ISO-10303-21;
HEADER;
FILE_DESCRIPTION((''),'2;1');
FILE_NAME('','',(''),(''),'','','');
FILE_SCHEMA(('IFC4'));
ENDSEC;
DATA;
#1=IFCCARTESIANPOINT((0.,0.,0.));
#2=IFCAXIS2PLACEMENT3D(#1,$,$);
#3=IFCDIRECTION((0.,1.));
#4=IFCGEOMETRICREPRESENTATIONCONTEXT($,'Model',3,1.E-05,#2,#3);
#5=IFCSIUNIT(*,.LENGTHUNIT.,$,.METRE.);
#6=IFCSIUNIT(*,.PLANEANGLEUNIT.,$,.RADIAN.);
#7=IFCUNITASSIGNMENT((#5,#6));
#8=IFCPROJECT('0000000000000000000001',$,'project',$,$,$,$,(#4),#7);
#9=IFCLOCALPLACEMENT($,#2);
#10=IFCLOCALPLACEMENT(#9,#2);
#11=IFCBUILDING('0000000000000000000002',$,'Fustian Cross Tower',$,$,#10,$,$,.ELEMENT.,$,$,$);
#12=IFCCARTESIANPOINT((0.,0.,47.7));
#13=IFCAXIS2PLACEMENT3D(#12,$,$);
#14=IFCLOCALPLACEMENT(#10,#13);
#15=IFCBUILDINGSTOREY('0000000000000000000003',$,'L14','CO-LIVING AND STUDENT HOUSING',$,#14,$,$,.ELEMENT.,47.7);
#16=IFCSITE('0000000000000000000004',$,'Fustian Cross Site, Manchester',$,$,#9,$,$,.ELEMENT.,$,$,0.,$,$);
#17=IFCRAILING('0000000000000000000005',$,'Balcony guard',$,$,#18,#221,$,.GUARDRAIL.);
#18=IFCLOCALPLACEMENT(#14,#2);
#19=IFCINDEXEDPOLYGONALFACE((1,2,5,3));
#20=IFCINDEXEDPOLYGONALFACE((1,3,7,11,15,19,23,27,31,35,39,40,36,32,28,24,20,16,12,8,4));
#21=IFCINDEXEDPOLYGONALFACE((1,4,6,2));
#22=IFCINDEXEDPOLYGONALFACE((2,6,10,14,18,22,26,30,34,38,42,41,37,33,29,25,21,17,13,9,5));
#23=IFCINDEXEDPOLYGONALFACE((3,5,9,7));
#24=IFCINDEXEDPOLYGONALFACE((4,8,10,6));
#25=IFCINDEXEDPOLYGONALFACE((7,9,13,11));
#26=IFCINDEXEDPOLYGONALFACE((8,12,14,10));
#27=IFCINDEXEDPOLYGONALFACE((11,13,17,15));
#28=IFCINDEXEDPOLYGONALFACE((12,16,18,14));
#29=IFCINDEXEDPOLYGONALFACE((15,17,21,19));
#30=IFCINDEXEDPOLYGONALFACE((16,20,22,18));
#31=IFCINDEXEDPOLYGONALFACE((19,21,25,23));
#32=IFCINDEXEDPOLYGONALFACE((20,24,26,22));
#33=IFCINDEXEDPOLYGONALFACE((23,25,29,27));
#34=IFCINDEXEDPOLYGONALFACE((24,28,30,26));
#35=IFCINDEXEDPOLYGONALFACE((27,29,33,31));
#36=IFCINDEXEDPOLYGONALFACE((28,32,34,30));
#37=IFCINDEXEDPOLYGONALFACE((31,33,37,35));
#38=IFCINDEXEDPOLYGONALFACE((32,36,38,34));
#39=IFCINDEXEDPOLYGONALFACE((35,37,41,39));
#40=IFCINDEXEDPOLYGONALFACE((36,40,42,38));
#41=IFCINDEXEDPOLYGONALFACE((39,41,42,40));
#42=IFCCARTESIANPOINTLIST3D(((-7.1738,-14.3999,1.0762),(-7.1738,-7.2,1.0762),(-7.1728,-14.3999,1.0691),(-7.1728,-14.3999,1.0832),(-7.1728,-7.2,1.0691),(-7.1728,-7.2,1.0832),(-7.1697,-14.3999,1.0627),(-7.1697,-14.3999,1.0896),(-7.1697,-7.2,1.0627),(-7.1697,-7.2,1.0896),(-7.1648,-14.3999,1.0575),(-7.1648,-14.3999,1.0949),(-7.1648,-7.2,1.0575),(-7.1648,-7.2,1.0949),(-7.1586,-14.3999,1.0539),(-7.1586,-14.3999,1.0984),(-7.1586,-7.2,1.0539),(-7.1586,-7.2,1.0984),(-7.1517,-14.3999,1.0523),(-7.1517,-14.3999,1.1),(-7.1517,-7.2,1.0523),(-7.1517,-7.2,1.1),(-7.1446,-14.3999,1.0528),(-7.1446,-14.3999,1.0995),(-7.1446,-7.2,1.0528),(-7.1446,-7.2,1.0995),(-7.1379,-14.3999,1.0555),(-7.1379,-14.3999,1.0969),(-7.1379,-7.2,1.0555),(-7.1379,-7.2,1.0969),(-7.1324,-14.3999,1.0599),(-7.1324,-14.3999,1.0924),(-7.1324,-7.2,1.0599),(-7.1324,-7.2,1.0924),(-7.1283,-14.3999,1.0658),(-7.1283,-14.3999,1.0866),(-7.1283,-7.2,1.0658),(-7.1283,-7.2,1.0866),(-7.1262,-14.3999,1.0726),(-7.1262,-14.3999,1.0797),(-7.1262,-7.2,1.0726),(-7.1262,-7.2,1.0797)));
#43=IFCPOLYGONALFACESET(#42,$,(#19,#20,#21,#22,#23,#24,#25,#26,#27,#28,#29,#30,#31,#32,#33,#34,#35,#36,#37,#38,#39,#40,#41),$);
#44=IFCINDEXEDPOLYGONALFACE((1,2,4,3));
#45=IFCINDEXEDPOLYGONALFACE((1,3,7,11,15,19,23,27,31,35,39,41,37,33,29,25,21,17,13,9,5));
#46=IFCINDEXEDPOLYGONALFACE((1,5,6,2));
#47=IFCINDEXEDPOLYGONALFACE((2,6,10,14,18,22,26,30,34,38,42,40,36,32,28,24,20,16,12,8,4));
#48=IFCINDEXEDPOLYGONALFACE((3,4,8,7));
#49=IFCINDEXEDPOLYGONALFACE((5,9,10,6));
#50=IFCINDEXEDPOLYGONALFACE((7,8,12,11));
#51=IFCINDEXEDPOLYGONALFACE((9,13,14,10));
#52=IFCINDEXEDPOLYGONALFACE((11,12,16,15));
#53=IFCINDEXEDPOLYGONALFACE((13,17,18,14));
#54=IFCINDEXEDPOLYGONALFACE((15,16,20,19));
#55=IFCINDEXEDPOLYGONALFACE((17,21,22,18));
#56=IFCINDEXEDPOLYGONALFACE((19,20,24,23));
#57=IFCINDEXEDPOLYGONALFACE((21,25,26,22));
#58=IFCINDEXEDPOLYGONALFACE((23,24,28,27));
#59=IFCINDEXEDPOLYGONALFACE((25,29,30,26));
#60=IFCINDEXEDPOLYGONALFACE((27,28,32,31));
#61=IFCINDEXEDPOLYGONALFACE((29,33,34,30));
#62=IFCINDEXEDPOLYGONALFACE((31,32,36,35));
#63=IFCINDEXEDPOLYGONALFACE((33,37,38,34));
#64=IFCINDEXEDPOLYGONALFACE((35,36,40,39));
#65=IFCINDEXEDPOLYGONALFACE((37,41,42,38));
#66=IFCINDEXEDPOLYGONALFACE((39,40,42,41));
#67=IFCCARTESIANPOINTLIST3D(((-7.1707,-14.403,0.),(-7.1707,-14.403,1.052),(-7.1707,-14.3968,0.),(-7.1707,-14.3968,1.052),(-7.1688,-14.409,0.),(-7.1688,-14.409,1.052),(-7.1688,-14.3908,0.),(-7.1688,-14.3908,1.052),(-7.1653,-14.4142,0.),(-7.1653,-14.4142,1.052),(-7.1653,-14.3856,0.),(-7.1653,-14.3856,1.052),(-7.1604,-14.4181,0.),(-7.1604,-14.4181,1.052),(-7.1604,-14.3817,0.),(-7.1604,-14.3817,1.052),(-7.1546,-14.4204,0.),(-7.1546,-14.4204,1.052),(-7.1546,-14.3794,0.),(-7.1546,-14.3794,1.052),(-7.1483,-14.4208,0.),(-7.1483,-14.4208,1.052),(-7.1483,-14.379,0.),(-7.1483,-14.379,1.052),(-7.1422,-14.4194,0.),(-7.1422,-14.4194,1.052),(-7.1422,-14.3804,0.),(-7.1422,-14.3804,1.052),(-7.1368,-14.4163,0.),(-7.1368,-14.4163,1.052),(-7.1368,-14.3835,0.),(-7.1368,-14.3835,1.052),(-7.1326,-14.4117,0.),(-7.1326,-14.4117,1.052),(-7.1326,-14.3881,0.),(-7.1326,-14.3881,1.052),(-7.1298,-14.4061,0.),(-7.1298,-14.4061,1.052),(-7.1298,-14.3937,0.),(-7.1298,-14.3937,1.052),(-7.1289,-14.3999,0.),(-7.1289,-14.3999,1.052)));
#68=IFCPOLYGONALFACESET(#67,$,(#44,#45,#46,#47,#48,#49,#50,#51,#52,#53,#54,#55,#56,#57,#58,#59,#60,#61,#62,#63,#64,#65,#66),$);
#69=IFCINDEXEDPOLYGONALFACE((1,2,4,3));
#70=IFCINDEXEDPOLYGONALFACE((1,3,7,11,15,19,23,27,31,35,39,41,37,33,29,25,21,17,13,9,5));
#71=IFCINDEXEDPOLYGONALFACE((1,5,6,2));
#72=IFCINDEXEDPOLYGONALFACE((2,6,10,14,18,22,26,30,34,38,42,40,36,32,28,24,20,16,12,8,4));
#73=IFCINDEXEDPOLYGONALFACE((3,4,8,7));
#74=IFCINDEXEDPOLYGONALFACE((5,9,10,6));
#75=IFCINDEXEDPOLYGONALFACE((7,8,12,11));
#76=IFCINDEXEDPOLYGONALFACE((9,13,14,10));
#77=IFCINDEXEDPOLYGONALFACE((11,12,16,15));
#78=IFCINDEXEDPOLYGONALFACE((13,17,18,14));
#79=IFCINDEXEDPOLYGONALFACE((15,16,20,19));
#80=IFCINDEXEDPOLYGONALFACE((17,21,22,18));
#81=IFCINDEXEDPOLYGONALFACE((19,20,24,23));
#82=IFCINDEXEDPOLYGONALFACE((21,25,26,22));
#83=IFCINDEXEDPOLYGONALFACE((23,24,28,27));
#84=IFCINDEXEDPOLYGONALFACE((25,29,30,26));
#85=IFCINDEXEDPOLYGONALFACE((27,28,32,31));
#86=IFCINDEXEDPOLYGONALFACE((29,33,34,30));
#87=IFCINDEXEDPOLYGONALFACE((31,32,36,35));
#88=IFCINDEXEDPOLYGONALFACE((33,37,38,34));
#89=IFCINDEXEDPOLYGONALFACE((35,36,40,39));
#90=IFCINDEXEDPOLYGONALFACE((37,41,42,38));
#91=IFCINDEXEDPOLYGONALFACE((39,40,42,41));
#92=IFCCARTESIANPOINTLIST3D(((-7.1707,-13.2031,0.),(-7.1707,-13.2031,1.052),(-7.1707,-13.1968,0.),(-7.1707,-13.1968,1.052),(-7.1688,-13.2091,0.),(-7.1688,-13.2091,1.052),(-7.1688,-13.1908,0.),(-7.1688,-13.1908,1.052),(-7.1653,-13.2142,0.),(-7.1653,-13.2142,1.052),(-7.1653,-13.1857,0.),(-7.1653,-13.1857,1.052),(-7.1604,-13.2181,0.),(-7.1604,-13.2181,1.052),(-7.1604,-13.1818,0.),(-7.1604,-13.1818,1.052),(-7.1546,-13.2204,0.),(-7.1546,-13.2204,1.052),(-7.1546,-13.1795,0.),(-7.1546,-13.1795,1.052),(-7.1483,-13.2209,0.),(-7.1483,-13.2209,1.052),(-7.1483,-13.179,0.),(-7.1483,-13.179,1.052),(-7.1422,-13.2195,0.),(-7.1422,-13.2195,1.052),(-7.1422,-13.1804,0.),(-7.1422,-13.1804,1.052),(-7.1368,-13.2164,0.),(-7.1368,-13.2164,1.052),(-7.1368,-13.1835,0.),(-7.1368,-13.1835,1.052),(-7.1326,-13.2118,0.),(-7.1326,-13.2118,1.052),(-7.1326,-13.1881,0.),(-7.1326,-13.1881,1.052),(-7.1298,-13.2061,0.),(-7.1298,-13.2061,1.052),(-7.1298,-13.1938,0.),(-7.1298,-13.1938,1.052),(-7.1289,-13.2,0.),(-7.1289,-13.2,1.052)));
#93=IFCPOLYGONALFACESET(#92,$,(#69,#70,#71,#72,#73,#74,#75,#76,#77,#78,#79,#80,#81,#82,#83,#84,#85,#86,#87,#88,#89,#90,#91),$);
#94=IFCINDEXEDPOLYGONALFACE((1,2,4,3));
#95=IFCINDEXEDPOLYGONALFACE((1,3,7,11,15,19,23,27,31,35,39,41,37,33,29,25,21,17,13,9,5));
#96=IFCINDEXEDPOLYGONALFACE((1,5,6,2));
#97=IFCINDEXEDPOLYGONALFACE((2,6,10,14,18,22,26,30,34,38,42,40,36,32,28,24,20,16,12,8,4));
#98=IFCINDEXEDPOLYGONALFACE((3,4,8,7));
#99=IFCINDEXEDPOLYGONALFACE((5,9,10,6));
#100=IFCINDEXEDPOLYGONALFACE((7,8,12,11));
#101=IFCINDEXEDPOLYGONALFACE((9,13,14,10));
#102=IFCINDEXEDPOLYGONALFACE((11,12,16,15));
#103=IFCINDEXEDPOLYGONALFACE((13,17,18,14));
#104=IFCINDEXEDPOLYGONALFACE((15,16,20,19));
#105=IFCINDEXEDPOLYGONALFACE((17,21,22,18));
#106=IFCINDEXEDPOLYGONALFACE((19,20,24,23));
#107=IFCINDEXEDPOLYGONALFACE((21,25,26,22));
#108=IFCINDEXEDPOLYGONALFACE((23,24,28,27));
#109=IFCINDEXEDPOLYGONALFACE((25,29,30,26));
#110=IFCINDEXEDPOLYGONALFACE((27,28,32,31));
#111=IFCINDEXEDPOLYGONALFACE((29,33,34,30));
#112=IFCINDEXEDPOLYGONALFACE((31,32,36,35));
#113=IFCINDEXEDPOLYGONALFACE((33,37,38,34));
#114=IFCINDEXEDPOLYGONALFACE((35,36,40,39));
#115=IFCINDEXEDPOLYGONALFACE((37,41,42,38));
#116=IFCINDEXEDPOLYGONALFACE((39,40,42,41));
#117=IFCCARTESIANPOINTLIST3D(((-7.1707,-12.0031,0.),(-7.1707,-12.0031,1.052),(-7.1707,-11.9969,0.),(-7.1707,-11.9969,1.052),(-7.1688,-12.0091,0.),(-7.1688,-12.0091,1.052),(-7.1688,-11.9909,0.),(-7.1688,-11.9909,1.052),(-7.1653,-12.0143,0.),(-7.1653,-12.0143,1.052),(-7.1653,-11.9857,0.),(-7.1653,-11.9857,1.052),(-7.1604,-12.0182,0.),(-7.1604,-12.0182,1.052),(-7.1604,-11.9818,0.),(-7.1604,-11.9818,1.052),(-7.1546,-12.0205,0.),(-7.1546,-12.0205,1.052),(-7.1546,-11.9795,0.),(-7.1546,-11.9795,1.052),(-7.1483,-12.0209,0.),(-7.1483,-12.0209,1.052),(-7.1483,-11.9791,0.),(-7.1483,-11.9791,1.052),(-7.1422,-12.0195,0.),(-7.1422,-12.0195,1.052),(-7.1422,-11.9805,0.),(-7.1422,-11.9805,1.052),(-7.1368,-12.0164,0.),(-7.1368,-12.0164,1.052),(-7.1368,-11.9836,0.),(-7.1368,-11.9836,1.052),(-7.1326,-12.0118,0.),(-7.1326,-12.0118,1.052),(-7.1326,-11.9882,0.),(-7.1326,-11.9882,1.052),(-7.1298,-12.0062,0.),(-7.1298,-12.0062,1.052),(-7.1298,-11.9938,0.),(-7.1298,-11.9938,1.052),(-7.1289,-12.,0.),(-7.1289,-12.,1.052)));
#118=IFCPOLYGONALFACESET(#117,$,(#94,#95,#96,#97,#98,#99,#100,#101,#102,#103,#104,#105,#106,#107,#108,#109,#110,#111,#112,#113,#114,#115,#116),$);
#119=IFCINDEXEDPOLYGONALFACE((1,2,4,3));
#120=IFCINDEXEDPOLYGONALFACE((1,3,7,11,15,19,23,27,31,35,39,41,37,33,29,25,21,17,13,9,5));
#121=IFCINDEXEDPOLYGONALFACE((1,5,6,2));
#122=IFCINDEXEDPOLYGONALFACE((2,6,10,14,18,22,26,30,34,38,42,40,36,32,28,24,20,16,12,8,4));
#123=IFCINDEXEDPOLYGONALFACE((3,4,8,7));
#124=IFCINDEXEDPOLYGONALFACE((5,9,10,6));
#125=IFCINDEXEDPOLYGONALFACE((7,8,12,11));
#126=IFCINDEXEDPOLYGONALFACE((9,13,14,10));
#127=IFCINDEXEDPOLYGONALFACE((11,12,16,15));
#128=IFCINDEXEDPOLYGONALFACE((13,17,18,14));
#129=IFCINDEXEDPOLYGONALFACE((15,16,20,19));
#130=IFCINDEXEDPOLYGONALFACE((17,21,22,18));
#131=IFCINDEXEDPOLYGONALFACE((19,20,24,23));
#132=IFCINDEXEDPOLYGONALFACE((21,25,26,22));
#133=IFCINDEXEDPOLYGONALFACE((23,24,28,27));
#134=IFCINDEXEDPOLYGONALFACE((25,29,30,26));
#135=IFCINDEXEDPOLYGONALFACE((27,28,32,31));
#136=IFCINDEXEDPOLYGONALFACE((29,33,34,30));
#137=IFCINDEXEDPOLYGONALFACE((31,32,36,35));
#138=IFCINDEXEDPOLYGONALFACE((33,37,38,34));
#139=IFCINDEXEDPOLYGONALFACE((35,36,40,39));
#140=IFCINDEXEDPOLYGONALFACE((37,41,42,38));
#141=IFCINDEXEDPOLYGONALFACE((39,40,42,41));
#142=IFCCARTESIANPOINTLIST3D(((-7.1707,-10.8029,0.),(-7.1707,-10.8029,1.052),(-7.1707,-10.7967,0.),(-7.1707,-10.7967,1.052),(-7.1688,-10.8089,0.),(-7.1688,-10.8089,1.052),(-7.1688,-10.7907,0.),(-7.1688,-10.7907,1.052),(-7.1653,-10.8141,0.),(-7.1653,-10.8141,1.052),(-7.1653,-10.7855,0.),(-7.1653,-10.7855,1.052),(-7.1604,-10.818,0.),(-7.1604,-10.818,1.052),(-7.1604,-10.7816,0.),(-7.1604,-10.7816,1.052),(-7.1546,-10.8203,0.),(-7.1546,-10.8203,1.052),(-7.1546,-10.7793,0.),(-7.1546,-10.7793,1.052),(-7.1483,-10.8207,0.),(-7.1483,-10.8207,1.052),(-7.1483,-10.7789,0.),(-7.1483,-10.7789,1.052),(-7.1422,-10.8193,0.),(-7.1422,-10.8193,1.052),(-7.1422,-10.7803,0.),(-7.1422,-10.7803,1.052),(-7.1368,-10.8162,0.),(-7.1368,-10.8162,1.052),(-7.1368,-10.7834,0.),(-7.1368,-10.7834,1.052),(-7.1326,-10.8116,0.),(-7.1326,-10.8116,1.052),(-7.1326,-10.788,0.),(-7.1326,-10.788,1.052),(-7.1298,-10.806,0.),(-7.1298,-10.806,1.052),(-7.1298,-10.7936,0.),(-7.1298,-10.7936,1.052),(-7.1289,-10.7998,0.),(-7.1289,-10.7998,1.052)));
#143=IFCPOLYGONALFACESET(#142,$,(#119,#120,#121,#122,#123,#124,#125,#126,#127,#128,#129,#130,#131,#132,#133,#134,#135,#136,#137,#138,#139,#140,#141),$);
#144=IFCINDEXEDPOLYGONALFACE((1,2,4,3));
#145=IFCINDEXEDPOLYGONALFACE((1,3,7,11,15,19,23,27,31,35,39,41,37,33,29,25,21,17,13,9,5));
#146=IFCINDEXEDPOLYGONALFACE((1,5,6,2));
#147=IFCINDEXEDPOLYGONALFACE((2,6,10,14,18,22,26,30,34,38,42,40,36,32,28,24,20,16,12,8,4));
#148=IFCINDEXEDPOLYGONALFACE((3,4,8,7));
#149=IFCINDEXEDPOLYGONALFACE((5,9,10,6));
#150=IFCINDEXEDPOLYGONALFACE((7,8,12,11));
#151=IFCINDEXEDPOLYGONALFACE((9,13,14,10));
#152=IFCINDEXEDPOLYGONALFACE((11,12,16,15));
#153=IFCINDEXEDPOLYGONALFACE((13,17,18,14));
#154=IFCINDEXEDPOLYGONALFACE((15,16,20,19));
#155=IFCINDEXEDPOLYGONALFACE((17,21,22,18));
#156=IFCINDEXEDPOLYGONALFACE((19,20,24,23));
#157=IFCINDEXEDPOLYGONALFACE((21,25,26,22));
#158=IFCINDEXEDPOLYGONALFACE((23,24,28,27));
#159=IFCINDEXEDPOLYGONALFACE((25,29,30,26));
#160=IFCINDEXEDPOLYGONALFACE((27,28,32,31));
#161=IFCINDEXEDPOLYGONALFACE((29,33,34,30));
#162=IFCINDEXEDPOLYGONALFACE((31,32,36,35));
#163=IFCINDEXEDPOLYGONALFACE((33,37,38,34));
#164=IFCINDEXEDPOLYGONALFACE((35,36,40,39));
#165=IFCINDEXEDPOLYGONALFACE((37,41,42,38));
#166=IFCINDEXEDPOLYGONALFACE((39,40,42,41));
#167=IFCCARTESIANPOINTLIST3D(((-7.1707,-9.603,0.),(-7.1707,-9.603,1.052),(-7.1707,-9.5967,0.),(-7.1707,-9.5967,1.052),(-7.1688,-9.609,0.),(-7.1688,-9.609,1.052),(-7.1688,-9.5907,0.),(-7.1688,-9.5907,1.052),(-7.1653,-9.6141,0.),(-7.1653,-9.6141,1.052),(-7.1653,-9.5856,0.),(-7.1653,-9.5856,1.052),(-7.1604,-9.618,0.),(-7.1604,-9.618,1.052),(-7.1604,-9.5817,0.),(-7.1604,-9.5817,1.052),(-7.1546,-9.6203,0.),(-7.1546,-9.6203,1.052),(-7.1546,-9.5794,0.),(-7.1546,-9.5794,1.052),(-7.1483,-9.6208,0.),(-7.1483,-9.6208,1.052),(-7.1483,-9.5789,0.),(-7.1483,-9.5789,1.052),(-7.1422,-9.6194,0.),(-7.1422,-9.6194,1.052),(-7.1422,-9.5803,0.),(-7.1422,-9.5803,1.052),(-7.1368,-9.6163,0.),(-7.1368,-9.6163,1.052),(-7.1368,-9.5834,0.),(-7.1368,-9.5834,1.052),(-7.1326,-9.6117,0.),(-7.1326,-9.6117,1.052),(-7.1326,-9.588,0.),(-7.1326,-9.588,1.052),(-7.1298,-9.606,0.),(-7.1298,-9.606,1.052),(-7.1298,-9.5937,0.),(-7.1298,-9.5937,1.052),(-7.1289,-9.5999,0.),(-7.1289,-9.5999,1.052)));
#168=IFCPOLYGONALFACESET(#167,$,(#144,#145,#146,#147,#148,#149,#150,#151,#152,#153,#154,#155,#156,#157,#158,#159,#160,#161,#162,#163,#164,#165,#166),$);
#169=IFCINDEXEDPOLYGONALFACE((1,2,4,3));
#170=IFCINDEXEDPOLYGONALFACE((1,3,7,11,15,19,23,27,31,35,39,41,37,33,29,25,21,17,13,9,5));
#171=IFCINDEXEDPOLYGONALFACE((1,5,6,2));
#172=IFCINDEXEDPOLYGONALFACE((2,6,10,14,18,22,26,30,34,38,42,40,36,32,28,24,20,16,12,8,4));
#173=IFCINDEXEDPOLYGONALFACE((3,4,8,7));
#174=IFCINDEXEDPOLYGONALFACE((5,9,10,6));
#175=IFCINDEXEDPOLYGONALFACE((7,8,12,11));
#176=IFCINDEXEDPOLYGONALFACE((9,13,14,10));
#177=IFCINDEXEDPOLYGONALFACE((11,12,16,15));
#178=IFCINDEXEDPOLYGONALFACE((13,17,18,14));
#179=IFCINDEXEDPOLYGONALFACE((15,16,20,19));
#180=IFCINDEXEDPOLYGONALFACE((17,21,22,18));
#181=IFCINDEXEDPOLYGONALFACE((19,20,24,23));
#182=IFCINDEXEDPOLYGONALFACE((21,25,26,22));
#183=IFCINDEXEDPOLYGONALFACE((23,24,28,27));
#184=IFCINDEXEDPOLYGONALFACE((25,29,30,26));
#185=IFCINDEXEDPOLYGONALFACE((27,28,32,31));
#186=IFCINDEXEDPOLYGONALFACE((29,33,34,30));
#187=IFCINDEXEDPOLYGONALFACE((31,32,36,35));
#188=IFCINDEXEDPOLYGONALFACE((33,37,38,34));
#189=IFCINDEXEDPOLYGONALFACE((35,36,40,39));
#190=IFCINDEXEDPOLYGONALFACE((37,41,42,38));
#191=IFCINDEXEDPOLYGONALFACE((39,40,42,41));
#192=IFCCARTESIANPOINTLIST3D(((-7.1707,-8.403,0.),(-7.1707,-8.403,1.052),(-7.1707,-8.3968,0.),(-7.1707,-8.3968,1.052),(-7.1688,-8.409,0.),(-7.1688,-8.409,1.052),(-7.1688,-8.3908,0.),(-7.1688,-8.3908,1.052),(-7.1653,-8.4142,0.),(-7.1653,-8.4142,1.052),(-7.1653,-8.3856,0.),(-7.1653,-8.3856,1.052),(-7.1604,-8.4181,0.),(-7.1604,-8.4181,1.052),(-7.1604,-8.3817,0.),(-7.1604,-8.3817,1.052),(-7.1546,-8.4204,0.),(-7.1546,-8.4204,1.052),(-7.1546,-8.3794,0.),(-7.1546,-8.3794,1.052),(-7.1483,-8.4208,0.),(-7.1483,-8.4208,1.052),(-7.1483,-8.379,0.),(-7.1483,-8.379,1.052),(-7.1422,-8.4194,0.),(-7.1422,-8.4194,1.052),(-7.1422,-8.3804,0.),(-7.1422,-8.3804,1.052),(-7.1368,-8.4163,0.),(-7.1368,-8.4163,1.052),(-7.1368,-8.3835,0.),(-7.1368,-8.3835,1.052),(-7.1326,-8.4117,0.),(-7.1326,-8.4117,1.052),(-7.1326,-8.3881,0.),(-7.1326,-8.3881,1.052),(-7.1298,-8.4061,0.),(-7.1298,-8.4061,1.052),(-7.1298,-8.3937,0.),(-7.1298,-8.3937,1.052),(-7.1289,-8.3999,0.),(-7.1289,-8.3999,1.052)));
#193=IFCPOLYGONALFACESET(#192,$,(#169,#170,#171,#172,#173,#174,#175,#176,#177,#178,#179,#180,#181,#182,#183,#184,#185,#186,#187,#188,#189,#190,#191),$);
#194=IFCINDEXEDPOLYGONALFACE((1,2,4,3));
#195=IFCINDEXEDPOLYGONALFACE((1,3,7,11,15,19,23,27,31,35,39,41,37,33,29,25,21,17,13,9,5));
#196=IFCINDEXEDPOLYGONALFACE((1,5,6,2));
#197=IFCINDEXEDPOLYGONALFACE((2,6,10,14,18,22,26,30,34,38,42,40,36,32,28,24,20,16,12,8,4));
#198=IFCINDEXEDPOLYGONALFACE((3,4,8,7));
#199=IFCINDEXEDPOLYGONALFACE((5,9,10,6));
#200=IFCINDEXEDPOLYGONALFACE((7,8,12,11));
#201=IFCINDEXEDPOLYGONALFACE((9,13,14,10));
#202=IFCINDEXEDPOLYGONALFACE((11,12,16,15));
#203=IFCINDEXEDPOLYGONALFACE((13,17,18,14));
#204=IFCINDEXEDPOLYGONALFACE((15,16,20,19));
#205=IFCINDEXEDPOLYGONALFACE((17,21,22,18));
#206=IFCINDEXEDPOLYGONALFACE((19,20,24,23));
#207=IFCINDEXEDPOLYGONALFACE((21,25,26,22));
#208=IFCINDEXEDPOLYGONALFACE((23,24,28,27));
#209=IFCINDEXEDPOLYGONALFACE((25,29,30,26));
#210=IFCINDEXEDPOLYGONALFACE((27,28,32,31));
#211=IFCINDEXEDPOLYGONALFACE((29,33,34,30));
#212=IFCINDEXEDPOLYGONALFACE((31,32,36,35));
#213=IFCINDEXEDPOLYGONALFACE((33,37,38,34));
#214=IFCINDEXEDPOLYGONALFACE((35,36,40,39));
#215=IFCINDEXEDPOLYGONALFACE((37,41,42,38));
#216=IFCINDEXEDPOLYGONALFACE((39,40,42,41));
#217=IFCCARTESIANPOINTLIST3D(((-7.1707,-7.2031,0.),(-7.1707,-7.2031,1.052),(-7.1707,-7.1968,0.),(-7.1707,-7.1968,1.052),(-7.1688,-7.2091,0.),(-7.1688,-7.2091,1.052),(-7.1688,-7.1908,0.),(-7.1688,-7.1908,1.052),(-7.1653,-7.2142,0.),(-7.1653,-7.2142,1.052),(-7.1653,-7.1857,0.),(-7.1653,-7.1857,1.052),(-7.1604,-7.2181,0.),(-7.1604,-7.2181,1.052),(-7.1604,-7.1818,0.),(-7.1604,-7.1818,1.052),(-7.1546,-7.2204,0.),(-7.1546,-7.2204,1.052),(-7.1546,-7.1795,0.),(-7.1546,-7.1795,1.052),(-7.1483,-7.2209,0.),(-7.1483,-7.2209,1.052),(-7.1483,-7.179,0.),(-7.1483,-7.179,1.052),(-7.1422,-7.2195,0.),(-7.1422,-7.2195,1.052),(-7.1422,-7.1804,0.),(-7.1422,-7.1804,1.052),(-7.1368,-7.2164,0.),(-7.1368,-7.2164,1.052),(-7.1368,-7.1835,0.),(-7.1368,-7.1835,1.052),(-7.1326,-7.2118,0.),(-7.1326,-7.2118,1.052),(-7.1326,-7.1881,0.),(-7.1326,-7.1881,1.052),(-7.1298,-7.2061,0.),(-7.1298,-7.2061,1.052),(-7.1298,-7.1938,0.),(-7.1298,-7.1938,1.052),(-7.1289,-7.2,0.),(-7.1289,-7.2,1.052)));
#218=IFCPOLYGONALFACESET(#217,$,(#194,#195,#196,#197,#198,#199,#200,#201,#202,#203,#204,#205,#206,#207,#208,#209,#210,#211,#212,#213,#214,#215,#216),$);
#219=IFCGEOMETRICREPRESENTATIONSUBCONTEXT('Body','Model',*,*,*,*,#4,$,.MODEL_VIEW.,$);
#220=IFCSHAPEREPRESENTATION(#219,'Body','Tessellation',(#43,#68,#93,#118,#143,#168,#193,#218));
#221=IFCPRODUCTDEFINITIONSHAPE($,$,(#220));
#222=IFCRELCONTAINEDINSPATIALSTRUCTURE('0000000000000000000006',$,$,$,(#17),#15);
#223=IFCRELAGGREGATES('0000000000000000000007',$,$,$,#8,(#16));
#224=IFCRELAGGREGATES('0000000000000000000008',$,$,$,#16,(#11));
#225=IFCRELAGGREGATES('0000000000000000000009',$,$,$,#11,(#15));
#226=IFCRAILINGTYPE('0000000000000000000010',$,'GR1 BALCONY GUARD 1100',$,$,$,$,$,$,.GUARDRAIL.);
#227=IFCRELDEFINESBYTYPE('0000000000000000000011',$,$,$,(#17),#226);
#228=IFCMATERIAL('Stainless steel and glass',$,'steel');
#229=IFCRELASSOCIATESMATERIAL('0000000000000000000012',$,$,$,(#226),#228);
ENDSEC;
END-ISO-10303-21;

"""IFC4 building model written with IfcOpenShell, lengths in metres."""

from ifc_helpers import new_model, si_unit, direction, frame, origin, origin_2d, place, context, subcontext, project, spatial, circle, extrude, material, type_object, element, save


model = new_model("IFC4")

# Units and contexts
model_context = context("Model", 3, precision=1e-05, world=origin(), true_north=direction((0.0, 1.0)))
body_context = subcontext(model_context, "Body", "Model", "MODEL_VIEW")
ifc_project = project(units=[si_unit("LENGTHUNIT", "METRE"), si_unit("PLANEANGLEUNIT", "RADIAN")], contexts=[model_context])

# Site, building, storey
site_placement = place(None, origin())
site = spatial("IfcSite", under=ifc_project, at=site_placement, Name="Fustian Cross Site, Manchester", CompositionType="ELEMENT", RefElevation=0.0)
building_placement = place(site_placement, origin())
building = spatial("IfcBuilding", under=site, at=building_placement, Name="Fustian Cross Tower", CompositionType="ELEMENT")
storey_placement = place(building_placement, frame((0.0, 0.0, 47.7)))
storey = spatial("IfcBuildingStorey", under=building, at=storey_placement, Name="L14", Description="CO-LIVING AND STUDENT HOUSING", CompositionType="ELEMENT", Elevation=47.7)

# Railing
ifc_material_1 = material(Name="Stainless steel and glass", Category="steel")
railing_type = type_object("IfcRailingType", Name="GR1 BALCONY GUARD 1100", PredefinedType="GUARDRAIL", material=ifc_material_1)
railing_placement = place(storey_placement, frame((-7.1499, -14.3999, 0.0)))
element("IfcRailing", 1, at=railing_placement, inside=storey, type_object=railing_type, Name="Balcony guard", PredefinedType="GUARDRAIL", context=body_context, shape_type="SweptSolid", body=[
    extrude(circle(Radius=0.0239, at=origin_2d()), frame((0.0, 0.0, 1.0762), z_axis=(0.0, 1.0, 0.0), x_axis=(-1.0, 0.0, 0.0)), (0.0, 0.0, 1.0), 7.2),
    extrude(circle(Radius=0.021, at=origin_2d()), origin(), (0.0, 0.0, 1.0), 1.052),
    extrude(circle(Radius=0.021, at=origin_2d()), frame((0.0, 1.2, 0.0)), (0.0, 0.0, 1.0), 1.052),
    extrude(circle(Radius=0.021, at=origin_2d()), frame((0.0, 2.3999, 0.0)), (0.0, 0.0, 1.0), 1.052),
    extrude(circle(Radius=0.021, at=origin_2d()), frame((0.0, 3.6001, 0.0)), (0.0, 0.0, 1.0), 1.052),
    extrude(circle(Radius=0.021, at=origin_2d()), frame((0.0, 4.8, 0.0)), (0.0, 0.0, 1.0), 1.052),
    extrude(circle(Radius=0.021, at=origin_2d()), frame((0.0, 6.0, 0.0)), (0.0, 0.0, 1.0), 1.052),
    extrude(circle(Radius=0.021, at=origin_2d()), frame((0.0, 7.2, 0.0)), (0.0, 0.0, 1.0), 1.052),
])

save(model, "model.ifc")
